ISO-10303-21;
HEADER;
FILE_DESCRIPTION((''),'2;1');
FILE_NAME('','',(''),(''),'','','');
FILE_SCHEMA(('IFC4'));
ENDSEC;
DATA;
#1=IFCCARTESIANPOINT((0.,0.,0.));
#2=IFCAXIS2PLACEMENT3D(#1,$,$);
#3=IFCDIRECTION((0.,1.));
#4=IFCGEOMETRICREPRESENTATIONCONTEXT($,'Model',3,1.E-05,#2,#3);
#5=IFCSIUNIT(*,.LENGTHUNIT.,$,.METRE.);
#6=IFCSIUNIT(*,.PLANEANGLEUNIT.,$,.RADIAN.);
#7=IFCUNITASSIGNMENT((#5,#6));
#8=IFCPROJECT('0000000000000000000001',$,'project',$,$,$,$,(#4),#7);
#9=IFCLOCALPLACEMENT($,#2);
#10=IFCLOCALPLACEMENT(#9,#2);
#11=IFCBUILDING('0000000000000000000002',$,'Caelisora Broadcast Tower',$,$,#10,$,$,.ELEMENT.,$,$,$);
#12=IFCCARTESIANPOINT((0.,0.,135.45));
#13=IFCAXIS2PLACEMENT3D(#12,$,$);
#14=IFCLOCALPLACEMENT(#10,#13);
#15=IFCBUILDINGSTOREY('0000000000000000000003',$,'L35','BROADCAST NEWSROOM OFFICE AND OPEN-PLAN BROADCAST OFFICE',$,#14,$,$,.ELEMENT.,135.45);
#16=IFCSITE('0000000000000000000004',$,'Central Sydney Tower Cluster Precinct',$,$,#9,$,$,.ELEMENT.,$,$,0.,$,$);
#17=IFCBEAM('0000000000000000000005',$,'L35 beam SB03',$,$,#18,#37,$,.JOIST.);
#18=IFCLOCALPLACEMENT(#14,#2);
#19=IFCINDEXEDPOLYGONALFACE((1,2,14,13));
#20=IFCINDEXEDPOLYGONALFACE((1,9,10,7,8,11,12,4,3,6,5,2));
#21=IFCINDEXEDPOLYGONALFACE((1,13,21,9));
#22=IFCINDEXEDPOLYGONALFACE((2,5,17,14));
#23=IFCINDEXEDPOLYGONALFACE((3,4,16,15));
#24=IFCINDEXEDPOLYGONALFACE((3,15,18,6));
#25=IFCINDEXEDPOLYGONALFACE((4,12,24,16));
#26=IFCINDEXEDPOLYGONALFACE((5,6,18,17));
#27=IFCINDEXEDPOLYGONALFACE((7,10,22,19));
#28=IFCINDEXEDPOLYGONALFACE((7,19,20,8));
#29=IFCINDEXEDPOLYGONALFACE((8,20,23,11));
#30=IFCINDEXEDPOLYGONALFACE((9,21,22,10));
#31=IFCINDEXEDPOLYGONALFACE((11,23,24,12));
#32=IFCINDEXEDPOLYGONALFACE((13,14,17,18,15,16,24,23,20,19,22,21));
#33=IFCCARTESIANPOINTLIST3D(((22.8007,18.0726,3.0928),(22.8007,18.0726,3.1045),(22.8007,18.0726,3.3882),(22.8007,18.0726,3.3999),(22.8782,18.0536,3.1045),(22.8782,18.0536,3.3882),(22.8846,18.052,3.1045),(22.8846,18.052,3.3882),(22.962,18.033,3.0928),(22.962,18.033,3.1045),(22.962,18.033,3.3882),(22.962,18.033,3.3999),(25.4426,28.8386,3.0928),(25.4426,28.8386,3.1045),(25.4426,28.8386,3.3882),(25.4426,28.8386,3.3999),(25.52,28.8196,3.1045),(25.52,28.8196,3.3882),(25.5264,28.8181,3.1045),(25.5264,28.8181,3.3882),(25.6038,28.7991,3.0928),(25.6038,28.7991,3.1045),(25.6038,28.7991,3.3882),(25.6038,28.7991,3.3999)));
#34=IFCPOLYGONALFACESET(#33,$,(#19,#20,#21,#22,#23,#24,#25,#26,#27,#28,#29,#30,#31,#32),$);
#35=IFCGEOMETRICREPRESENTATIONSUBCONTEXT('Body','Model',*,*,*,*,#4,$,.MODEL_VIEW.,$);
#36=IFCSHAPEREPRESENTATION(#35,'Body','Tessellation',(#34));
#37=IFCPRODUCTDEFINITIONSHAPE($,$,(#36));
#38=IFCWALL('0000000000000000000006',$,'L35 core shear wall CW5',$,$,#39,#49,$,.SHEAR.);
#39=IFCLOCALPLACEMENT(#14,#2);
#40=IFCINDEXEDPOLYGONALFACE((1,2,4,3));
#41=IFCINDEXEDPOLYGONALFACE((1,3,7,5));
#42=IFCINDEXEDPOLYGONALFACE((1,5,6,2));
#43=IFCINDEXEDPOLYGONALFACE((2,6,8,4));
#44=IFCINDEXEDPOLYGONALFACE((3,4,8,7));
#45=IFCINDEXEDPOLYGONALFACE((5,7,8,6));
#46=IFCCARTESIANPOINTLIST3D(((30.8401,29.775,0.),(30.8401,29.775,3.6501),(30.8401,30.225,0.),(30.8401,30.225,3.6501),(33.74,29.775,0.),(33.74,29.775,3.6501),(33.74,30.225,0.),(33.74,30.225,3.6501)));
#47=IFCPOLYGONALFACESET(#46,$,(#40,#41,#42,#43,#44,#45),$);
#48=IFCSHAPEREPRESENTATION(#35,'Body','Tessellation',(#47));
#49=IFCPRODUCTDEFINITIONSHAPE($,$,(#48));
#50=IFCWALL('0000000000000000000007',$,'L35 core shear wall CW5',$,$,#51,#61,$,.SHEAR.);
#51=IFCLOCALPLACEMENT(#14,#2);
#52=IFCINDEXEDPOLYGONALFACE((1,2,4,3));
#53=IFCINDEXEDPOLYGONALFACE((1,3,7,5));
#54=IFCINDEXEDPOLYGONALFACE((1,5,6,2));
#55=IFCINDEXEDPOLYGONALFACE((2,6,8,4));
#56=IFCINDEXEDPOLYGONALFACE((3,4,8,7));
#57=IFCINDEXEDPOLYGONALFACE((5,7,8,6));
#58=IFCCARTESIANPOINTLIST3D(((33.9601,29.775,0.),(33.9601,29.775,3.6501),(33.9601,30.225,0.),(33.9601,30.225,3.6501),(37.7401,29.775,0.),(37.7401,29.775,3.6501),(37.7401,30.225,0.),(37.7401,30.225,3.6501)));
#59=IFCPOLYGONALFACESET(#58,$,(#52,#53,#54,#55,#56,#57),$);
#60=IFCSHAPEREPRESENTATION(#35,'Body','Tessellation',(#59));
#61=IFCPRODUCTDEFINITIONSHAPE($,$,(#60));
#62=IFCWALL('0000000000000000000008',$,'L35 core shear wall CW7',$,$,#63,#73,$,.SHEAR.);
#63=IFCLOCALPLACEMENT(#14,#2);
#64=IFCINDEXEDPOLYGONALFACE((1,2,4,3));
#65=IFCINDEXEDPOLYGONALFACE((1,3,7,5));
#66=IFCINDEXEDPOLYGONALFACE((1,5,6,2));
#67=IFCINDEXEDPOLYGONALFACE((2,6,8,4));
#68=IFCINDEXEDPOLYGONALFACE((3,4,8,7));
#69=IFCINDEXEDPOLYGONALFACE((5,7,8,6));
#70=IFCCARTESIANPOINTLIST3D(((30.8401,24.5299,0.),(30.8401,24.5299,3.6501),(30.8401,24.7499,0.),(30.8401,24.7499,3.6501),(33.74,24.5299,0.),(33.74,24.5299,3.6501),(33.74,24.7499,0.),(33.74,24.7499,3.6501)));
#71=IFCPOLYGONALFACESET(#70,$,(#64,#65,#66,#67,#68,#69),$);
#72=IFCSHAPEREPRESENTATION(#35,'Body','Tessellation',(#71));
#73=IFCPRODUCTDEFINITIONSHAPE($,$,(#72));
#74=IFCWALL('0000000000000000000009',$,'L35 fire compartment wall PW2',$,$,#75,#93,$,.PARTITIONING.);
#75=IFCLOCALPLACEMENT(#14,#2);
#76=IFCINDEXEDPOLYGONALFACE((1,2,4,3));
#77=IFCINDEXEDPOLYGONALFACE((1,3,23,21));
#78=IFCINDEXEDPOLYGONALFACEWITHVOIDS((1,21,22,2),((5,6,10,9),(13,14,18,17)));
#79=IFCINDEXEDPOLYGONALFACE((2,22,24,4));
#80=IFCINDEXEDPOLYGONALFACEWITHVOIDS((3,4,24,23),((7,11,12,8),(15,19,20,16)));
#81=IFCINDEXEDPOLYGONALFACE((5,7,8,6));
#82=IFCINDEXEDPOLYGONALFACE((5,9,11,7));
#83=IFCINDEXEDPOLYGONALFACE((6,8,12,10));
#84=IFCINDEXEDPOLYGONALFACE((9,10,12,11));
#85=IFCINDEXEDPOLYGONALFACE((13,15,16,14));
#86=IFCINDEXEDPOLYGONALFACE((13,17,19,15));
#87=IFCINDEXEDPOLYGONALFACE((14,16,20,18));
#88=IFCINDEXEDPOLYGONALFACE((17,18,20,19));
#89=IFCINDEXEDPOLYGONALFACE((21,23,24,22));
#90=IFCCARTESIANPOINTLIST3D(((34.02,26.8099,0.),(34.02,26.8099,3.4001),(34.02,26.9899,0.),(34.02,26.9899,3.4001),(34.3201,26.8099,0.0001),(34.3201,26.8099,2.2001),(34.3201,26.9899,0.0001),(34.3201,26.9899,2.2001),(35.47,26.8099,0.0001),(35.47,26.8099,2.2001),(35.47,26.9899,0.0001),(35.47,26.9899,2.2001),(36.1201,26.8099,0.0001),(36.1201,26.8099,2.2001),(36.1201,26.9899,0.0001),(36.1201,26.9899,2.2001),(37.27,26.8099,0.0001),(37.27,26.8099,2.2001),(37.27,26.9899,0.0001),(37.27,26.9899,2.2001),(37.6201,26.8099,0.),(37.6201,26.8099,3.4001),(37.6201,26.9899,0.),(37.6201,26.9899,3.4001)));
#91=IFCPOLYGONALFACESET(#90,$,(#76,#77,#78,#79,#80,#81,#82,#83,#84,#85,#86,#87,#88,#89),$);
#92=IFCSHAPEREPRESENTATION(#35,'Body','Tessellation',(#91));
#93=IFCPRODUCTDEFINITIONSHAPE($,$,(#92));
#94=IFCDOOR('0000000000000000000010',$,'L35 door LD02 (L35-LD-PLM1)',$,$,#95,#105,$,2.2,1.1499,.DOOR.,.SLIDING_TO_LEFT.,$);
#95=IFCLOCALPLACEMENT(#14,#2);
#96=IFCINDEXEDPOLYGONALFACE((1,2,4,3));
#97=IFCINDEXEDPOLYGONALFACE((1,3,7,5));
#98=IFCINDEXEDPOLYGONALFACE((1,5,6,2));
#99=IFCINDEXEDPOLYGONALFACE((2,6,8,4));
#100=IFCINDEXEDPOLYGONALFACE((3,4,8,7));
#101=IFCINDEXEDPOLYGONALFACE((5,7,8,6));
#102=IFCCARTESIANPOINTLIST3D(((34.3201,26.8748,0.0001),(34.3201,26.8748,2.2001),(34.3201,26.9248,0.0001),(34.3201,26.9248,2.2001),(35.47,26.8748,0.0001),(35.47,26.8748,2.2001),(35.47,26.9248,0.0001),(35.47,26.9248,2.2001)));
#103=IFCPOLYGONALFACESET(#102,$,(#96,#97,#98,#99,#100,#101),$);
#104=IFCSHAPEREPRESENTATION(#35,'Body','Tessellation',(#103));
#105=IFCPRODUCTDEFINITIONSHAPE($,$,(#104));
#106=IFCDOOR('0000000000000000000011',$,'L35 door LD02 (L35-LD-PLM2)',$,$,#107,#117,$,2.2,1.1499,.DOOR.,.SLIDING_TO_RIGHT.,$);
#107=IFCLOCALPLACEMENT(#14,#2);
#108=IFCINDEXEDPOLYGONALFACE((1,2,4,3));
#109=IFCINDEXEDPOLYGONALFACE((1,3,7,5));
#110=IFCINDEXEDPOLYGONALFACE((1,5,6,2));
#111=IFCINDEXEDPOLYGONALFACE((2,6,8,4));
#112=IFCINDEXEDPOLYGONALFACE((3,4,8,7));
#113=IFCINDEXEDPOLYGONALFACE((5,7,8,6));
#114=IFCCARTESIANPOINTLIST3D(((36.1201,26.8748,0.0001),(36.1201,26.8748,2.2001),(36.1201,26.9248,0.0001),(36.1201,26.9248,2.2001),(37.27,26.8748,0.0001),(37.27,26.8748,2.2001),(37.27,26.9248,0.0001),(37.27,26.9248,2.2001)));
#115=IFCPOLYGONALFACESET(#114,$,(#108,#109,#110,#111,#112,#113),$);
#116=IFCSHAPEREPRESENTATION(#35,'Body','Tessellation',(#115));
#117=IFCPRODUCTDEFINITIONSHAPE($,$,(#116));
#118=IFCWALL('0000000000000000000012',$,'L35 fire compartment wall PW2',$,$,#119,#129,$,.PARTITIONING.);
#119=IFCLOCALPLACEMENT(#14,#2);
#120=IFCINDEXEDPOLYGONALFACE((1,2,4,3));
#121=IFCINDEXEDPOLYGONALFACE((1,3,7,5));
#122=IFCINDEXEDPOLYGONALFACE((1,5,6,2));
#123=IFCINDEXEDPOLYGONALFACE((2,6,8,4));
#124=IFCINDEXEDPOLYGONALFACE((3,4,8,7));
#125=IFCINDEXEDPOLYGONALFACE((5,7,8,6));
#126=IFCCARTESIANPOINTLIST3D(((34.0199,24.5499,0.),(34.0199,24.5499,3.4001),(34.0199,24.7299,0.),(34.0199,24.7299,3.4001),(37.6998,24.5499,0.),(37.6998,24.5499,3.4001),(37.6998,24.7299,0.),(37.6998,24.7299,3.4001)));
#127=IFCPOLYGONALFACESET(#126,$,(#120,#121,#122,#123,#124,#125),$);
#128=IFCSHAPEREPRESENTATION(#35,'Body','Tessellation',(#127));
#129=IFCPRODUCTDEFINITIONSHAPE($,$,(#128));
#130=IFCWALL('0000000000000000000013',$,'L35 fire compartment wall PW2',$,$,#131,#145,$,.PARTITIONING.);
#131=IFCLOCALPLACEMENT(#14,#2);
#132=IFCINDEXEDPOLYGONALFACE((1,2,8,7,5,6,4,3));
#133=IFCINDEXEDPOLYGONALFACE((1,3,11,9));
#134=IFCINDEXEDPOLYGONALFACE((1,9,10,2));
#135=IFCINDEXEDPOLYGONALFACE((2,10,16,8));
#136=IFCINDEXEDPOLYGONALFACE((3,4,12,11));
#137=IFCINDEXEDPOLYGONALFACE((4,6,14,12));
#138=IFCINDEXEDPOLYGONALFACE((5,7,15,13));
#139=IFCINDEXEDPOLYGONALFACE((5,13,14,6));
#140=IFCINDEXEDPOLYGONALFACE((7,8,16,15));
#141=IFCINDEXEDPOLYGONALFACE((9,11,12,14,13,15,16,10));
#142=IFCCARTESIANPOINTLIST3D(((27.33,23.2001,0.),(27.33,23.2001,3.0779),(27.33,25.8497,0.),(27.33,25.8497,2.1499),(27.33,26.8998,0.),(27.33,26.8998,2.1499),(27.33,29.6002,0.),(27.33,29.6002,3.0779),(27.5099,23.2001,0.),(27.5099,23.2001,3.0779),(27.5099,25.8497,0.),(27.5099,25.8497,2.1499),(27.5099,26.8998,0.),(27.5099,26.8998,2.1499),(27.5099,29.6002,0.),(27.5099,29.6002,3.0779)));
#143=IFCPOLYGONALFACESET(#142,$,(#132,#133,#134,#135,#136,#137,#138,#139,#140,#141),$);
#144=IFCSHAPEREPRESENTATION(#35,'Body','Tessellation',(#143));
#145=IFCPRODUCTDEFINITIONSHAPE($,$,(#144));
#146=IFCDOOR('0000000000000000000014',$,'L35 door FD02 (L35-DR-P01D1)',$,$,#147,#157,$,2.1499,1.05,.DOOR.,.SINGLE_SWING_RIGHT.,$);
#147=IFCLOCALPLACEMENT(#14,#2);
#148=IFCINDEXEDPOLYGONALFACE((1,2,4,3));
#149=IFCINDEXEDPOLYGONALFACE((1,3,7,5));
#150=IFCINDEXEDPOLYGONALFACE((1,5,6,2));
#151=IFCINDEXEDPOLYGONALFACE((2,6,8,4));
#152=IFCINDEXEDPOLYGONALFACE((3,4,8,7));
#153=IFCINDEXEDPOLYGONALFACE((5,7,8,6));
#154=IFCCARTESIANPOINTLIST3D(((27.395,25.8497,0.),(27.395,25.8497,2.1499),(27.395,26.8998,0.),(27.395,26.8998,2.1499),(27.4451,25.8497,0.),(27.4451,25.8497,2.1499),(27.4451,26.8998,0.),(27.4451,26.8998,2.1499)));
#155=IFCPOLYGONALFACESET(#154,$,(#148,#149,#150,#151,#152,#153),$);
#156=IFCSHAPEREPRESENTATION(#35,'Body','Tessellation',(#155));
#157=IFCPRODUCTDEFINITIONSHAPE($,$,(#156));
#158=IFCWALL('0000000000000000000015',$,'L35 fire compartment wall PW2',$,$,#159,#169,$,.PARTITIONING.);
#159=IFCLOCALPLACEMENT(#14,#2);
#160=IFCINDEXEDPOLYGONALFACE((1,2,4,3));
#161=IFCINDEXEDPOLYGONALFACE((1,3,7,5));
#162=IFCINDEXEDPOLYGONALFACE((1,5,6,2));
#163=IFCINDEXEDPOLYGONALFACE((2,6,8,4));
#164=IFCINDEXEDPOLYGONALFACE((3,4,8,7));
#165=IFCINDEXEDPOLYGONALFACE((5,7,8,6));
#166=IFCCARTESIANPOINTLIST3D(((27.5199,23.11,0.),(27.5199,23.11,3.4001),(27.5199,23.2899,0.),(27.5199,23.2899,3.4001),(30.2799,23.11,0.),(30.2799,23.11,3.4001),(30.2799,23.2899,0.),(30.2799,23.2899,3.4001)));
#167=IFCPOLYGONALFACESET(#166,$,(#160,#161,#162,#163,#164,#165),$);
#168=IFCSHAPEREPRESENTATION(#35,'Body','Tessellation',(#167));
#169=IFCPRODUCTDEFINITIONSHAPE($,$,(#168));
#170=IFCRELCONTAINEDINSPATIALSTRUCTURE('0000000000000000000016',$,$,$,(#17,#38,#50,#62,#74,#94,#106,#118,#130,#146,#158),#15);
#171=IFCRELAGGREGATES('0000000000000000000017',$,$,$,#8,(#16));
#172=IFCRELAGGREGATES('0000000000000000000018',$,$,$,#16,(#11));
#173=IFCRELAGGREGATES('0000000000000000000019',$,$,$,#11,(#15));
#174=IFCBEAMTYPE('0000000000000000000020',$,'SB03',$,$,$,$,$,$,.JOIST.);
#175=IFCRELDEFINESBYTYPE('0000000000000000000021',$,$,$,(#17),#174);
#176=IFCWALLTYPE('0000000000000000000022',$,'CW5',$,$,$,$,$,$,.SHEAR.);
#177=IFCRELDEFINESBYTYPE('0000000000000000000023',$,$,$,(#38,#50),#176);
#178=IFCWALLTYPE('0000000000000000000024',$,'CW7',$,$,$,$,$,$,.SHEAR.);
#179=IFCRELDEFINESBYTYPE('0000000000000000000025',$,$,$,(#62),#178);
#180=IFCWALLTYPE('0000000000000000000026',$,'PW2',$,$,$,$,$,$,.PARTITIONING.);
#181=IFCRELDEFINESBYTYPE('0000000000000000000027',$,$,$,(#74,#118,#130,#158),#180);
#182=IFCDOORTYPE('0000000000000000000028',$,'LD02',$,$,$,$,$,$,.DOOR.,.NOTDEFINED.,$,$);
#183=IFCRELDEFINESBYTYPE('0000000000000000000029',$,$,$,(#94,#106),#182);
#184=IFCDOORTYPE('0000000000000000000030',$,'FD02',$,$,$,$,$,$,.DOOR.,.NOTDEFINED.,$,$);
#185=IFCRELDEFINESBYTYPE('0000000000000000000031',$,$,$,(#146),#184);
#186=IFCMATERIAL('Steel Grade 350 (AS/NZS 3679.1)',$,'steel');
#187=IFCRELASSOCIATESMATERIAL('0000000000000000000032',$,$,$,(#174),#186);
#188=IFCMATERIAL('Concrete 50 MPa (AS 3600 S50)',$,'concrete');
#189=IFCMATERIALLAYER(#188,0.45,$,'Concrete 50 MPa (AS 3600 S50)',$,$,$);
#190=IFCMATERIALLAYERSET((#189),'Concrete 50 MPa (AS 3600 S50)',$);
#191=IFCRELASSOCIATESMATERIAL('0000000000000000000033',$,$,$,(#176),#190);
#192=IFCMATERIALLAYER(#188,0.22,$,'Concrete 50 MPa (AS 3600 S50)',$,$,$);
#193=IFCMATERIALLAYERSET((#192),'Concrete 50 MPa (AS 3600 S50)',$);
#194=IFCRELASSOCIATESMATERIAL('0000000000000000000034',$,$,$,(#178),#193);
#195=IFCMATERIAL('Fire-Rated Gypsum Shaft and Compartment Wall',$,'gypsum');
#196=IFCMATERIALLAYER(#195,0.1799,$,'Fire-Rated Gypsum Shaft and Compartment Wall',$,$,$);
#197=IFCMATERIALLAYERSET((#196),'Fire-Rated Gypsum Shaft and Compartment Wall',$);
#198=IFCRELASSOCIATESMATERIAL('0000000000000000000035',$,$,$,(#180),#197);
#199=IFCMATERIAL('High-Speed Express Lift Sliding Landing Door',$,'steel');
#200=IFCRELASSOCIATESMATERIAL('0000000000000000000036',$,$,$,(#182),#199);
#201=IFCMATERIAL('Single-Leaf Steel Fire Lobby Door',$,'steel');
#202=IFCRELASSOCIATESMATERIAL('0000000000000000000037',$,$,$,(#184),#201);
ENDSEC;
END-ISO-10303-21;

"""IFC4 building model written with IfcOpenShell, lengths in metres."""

from ifc_helpers import new_model, si_unit, direction, frame, frame_2d, origin, origin_2d, place, context, subcontext, project, spatial, rectangle, i_section, extrude, source, transform, mapped, material, layer, layer_set, material_profile, profile_set, type_object, element, fill, save


model = new_model("IFC4")

# Units and contexts
model_context = context("Model", 3, precision=1e-05, world=origin(), true_north=direction((0.0, 1.0)))
body_context = subcontext(model_context, "Body", "Model", "MODEL_VIEW")
ifc_project = project(units=[si_unit("LENGTHUNIT", "METRE"), si_unit("PLANEANGLEUNIT", "RADIAN")], contexts=[model_context])

# Site, building, storey
site_placement = place(None, origin())
site = spatial("IfcSite", under=ifc_project, at=site_placement, Name="Central Sydney Tower Cluster Precinct", CompositionType="ELEMENT", RefElevation=0.0)
building_placement = place(site_placement, origin())
building = spatial("IfcBuilding", under=site, at=building_placement, Name="Caelisora Broadcast Tower", CompositionType="ELEMENT")
storey_placement = place(building_placement, frame((0.0, 0.0, 135.45)))
storey = spatial("IfcBuildingStorey", under=building, at=storey_placement, Name="L35", Description="BROADCAST NEWSROOM OFFICE AND OPEN-PLAN BROADCAST OFFICE", CompositionType="ELEMENT", Elevation=135.45)

# Beam
ifc_material_1 = material(Name="Steel Grade 350 (AS/NZS 3679.1)", Category="steel")
ifc_material_profile_1 = material_profile(ifc_material_1, i_section(OverallWidth=0.166, OverallDepth=0.3071, WebThickness=0.0066, FlangeThickness=0.0117, at=origin_2d()), Name="Steel Grade 350 (AS/NZS 3679.1)")
ifc_profile_set_1 = profile_set([ifc_material_profile_1], Name="Steel Grade 350 (AS/NZS 3679.1)")
beam_type_1 = type_object("IfcBeamType", Name="SB03", PredefinedType="JOIST", material=ifc_profile_set_1)
shared_shape_1 = source(origin(), body_context, "Body", "SweptSolid", [
    extrude(i_section(OverallWidth=0.166, OverallDepth=0.3071, WebThickness=0.0066, FlangeThickness=0.0117, at=origin_2d()), origin(), (0.0, 0.0, 1.0), 11.0854),
])
beam_1_placement = place(storey_placement, frame((25.5232, 28.8188, 3.2463), z_axis=(-0.238315, -0.971188, 0.0), x_axis=(0.971188, -0.238315, 0.0)))
element("IfcBeam", 1, at=beam_1_placement, inside=storey, type_object=beam_type_1, Name="L35 beam SB03", PredefinedType="JOIST", context=body_context, shape_type="MappedRepresentation", body=[
    mapped(shared_shape_1, transform((0.0, 0.0, 0.0), scale=1.0)),
])

# Walls
ifc_material_2 = material(Name="Concrete 50 MPa (AS 3600 S50)", Category="concrete")
ifc_layer_1 = layer(ifc_material_2, 0.45, Name="Concrete 50 MPa (AS 3600 S50)")
ifc_layer_set_1 = layer_set([ifc_layer_1], Name="Concrete 50 MPa (AS 3600 S50)")
wall_type_1 = type_object("IfcWallType", Name="CW5", PredefinedType="SHEAR", material=ifc_layer_set_1)
wall_1_placement = place(storey_placement, frame((30.8401, 30.0, 0.0), z_axis=(0.0, 0.0, 1.0), x_axis=(1.0, 0.0, 0.0)))
element("IfcWall", 2, at=wall_1_placement, inside=storey, type_object=wall_type_1, Name="L35 core shear wall CW5", PredefinedType="SHEAR", context=body_context, shape_type="SweptSolid", body=[
    extrude(rectangle(XDim=2.8999, YDim=0.45, at=frame_2d((1.45, 0.0))), origin(), (0.0, 0.0, 1.0), 3.6501),
])
wall_2_placement = place(storey_placement, frame((33.96, 30.0, 0.0), z_axis=(0.0, 0.0, 1.0), x_axis=(1.0, 0.0, 0.0)))
element("IfcWall", 3, at=wall_2_placement, inside=storey, type_object=wall_type_1, Name="L35 core shear wall CW5", PredefinedType="SHEAR", context=body_context, shape_type="SweptSolid", body=[
    extrude(rectangle(XDim=3.78, YDim=0.45, at=frame_2d((1.8901, 0.0))), origin(), (0.0, 0.0, 1.0), 3.6501),
])
ifc_layer_2 = layer(ifc_material_2, 0.22, Name="Concrete 50 MPa (AS 3600 S50)")
ifc_layer_set_2 = layer_set([ifc_layer_2], Name="Concrete 50 MPa (AS 3600 S50)")
wall_type_2 = type_object("IfcWallType", Name="CW7", PredefinedType="SHEAR", material=ifc_layer_set_2)
wall_3_placement = place(storey_placement, frame((30.8401, 24.6399, 0.0), z_axis=(0.0, 0.0, 1.0), x_axis=(1.0, 0.0, 0.0)))
element("IfcWall", 4, at=wall_3_placement, inside=storey, type_object=wall_type_2, Name="L35 core shear wall CW7", PredefinedType="SHEAR", context=body_context, shape_type="SweptSolid", body=[
    extrude(rectangle(XDim=2.8999, YDim=0.22, at=frame_2d((1.45, 0.0))), origin(), (0.0, 0.0, 1.0), 3.6501),
])

# Wall, openings, doors
ifc_material_3 = material(Name="Fire-Rated Gypsum Shaft and Compartment Wall", Category="gypsum")
ifc_layer_3 = layer(ifc_material_3, 0.1799, Name="Fire-Rated Gypsum Shaft and Compartment Wall")
ifc_layer_set_3 = layer_set([ifc_layer_3], Name="Fire-Rated Gypsum Shaft and Compartment Wall")
wall_type_3 = type_object("IfcWallType", Name="PW2", PredefinedType="PARTITIONING", material=ifc_layer_set_3)
wall_4_placement = place(storey_placement, frame((34.02, 26.8999, 0.0), z_axis=(0.0, 0.0, 1.0), x_axis=(1.0, 0.0, 0.0)))
wall_4 = element("IfcWall", 5, at=wall_4_placement, inside=storey, type_object=wall_type_3, Name="L35 fire compartment wall PW2", PredefinedType="PARTITIONING", context=body_context, shape_type="SweptSolid", body=[
    extrude(rectangle(XDim=3.6001, YDim=0.1799, at=frame_2d((1.8, 0.0))), origin(), (0.0, 0.0, 1.0), 3.4001),
])
opening_1_placement = place(wall_4_placement, frame((0.3, 0.0, 0.0)))
opening_1 = element("IfcOpeningElement", 6, at=opening_1_placement, cuts=wall_4, PredefinedType="OPENING", context=body_context, shape_type="SweptSolid", body=[
    extrude(rectangle(XDim=1.1499, YDim=2.2, at=frame_2d((0.575, 1.1001))), frame((0.0, 0.1021, 0.0), z_axis=(0.0, -1.0, 0.0), x_axis=(1.0, 0.0, 0.0)), (0.0, 0.0, 1.0), 0.2039),
])
opening_2_placement = place(wall_4_placement, frame((2.1001, 0.0, 0.0)))
opening_2 = element("IfcOpeningElement", 7, at=opening_2_placement, cuts=wall_4, PredefinedType="OPENING", context=body_context, shape_type="SweptSolid", body=[
    extrude(rectangle(XDim=1.1499, YDim=2.2, at=frame_2d((0.575, 1.1001))), frame((0.0, 0.1021, 0.0), z_axis=(0.0, -1.0, 0.0), x_axis=(1.0, 0.0, 0.0)), (0.0, 0.0, 1.0), 0.2039),
])
ifc_material_4 = material(Name="High-Speed Express Lift Sliding Landing Door", Category="steel")
door_type_1 = type_object("IfcDoorType", Name="LD02", OperationType="NOTDEFINED", PredefinedType="DOOR", material=ifc_material_4)
door_1_placement = place(opening_1_placement, origin())
door_1 = element("IfcDoor", 8, at=door_1_placement, inside=storey, type_object=door_type_1, Name="L35 door LD02 (L35-LD-PLM1)", OperationType="SLIDING_TO_LEFT", OverallHeight=2.2, OverallWidth=1.1499, PredefinedType="DOOR", context=body_context, shape_type="SweptSolid", body=[
    extrude(rectangle(XDim=1.1499, YDim=2.2, at=frame_2d((0.575, 1.1001))), frame((0.0, 0.0249, 0.0), z_axis=(0.0, -1.0, 0.0), x_axis=(1.0, 0.0, 0.0)), (0.0, 0.0, 1.0), 0.05),
])
fill(opening_1, door_1)
door_2_placement = place(opening_2_placement, origin())
door_2 = element("IfcDoor", 9, at=door_2_placement, inside=storey, type_object=door_type_1, Name="L35 door LD02 (L35-LD-PLM2)", OperationType="SLIDING_TO_RIGHT", OverallHeight=2.2, OverallWidth=1.1499, PredefinedType="DOOR", context=body_context, shape_type="SweptSolid", body=[
    extrude(rectangle(XDim=1.1499, YDim=2.2, at=frame_2d((0.575, 1.1001))), frame((0.0, 0.0249, 0.0), z_axis=(0.0, -1.0, 0.0), x_axis=(1.0, 0.0, 0.0)), (0.0, 0.0, 1.0), 0.05),
])
fill(opening_2, door_2)

# Wall
wall_5_placement = place(storey_placement, frame((34.02, 24.6399, 0.0), z_axis=(0.0, 0.0, 1.0), x_axis=(1.0, 0.0, 0.0)))
element("IfcWall", 10, at=wall_5_placement, inside=storey, type_object=wall_type_3, Name="L35 fire compartment wall PW2", PredefinedType="PARTITIONING", context=body_context, shape_type="SweptSolid", body=[
    extrude(rectangle(XDim=3.6799, YDim=0.1799, at=frame_2d((1.8398, 0.0))), origin(), (0.0, 0.0, 1.0), 3.4001),
])

# Wall, opening, door
wall_6_placement = place(storey_placement, frame((27.4199, 23.2, 0.0), z_axis=(0.0, 0.0, 1.0), x_axis=(0.0, 1.0, 0.0)))
wall_6 = element("IfcWall", 11, at=wall_6_placement, inside=storey, type_object=wall_type_3, Name="L35 fire compartment wall PW2", PredefinedType="PARTITIONING", context=body_context, shape_type="SweptSolid", body=[
    extrude(rectangle(XDim=6.4001, YDim=0.1799, at=frame_2d((3.2002, 0.0))), origin(), (0.0, 0.0, 1.0), 3.0779),
])
opening_3_placement = place(wall_6_placement, frame((2.6499, 0.0, 0.0)))
opening_3 = element("IfcOpeningElement", 12, at=opening_3_placement, cuts=wall_6, PredefinedType="OPENING", context=body_context, shape_type="SweptSolid", body=[
    extrude(rectangle(XDim=1.05, YDim=2.1499, at=frame_2d((0.5249, 1.075))), frame((0.0, 0.1021, 0.0), z_axis=(0.0, -1.0, 0.0), x_axis=(1.0, 0.0, 0.0)), (0.0, 0.0, 1.0), 0.2039),
])
ifc_material_5 = material(Name="Single-Leaf Steel Fire Lobby Door", Category="steel")
door_type_2 = type_object("IfcDoorType", Name="FD02", OperationType="NOTDEFINED", PredefinedType="DOOR", material=ifc_material_5)
door_3_placement = place(opening_3_placement, origin())
door_3 = element("IfcDoor", 13, at=door_3_placement, inside=storey, type_object=door_type_2, Name="L35 door FD02 (L35-DR-P01D1)", OperationType="SINGLE_SWING_RIGHT", OverallHeight=2.1499, OverallWidth=1.05, PredefinedType="DOOR", context=body_context, shape_type="SweptSolid", body=[
    extrude(rectangle(XDim=1.05, YDim=2.1499, at=frame_2d((0.5249, 1.075))), frame((0.0, 0.0249, 0.0), z_axis=(0.0, -1.0, 0.0), x_axis=(1.0, 0.0, 0.0)), (0.0, 0.0, 1.0), 0.05),
])
fill(opening_3, door_3)

# Wall
wall_7_placement = place(storey_placement, frame((27.52, 23.2, 0.0), z_axis=(0.0, 0.0, 1.0), x_axis=(1.0, 0.0, 0.0)))
element("IfcWall", 14, at=wall_7_placement, inside=storey, type_object=wall_type_3, Name="L35 fire compartment wall PW2", PredefinedType="PARTITIONING", context=body_context, shape_type="SweptSolid", body=[
    extrude(rectangle(XDim=2.76, YDim=0.1799, at=frame_2d((1.3799, 0.0))), origin(), (0.0, 0.0, 1.0), 3.4001),
])

save(model, "model.ifc")
